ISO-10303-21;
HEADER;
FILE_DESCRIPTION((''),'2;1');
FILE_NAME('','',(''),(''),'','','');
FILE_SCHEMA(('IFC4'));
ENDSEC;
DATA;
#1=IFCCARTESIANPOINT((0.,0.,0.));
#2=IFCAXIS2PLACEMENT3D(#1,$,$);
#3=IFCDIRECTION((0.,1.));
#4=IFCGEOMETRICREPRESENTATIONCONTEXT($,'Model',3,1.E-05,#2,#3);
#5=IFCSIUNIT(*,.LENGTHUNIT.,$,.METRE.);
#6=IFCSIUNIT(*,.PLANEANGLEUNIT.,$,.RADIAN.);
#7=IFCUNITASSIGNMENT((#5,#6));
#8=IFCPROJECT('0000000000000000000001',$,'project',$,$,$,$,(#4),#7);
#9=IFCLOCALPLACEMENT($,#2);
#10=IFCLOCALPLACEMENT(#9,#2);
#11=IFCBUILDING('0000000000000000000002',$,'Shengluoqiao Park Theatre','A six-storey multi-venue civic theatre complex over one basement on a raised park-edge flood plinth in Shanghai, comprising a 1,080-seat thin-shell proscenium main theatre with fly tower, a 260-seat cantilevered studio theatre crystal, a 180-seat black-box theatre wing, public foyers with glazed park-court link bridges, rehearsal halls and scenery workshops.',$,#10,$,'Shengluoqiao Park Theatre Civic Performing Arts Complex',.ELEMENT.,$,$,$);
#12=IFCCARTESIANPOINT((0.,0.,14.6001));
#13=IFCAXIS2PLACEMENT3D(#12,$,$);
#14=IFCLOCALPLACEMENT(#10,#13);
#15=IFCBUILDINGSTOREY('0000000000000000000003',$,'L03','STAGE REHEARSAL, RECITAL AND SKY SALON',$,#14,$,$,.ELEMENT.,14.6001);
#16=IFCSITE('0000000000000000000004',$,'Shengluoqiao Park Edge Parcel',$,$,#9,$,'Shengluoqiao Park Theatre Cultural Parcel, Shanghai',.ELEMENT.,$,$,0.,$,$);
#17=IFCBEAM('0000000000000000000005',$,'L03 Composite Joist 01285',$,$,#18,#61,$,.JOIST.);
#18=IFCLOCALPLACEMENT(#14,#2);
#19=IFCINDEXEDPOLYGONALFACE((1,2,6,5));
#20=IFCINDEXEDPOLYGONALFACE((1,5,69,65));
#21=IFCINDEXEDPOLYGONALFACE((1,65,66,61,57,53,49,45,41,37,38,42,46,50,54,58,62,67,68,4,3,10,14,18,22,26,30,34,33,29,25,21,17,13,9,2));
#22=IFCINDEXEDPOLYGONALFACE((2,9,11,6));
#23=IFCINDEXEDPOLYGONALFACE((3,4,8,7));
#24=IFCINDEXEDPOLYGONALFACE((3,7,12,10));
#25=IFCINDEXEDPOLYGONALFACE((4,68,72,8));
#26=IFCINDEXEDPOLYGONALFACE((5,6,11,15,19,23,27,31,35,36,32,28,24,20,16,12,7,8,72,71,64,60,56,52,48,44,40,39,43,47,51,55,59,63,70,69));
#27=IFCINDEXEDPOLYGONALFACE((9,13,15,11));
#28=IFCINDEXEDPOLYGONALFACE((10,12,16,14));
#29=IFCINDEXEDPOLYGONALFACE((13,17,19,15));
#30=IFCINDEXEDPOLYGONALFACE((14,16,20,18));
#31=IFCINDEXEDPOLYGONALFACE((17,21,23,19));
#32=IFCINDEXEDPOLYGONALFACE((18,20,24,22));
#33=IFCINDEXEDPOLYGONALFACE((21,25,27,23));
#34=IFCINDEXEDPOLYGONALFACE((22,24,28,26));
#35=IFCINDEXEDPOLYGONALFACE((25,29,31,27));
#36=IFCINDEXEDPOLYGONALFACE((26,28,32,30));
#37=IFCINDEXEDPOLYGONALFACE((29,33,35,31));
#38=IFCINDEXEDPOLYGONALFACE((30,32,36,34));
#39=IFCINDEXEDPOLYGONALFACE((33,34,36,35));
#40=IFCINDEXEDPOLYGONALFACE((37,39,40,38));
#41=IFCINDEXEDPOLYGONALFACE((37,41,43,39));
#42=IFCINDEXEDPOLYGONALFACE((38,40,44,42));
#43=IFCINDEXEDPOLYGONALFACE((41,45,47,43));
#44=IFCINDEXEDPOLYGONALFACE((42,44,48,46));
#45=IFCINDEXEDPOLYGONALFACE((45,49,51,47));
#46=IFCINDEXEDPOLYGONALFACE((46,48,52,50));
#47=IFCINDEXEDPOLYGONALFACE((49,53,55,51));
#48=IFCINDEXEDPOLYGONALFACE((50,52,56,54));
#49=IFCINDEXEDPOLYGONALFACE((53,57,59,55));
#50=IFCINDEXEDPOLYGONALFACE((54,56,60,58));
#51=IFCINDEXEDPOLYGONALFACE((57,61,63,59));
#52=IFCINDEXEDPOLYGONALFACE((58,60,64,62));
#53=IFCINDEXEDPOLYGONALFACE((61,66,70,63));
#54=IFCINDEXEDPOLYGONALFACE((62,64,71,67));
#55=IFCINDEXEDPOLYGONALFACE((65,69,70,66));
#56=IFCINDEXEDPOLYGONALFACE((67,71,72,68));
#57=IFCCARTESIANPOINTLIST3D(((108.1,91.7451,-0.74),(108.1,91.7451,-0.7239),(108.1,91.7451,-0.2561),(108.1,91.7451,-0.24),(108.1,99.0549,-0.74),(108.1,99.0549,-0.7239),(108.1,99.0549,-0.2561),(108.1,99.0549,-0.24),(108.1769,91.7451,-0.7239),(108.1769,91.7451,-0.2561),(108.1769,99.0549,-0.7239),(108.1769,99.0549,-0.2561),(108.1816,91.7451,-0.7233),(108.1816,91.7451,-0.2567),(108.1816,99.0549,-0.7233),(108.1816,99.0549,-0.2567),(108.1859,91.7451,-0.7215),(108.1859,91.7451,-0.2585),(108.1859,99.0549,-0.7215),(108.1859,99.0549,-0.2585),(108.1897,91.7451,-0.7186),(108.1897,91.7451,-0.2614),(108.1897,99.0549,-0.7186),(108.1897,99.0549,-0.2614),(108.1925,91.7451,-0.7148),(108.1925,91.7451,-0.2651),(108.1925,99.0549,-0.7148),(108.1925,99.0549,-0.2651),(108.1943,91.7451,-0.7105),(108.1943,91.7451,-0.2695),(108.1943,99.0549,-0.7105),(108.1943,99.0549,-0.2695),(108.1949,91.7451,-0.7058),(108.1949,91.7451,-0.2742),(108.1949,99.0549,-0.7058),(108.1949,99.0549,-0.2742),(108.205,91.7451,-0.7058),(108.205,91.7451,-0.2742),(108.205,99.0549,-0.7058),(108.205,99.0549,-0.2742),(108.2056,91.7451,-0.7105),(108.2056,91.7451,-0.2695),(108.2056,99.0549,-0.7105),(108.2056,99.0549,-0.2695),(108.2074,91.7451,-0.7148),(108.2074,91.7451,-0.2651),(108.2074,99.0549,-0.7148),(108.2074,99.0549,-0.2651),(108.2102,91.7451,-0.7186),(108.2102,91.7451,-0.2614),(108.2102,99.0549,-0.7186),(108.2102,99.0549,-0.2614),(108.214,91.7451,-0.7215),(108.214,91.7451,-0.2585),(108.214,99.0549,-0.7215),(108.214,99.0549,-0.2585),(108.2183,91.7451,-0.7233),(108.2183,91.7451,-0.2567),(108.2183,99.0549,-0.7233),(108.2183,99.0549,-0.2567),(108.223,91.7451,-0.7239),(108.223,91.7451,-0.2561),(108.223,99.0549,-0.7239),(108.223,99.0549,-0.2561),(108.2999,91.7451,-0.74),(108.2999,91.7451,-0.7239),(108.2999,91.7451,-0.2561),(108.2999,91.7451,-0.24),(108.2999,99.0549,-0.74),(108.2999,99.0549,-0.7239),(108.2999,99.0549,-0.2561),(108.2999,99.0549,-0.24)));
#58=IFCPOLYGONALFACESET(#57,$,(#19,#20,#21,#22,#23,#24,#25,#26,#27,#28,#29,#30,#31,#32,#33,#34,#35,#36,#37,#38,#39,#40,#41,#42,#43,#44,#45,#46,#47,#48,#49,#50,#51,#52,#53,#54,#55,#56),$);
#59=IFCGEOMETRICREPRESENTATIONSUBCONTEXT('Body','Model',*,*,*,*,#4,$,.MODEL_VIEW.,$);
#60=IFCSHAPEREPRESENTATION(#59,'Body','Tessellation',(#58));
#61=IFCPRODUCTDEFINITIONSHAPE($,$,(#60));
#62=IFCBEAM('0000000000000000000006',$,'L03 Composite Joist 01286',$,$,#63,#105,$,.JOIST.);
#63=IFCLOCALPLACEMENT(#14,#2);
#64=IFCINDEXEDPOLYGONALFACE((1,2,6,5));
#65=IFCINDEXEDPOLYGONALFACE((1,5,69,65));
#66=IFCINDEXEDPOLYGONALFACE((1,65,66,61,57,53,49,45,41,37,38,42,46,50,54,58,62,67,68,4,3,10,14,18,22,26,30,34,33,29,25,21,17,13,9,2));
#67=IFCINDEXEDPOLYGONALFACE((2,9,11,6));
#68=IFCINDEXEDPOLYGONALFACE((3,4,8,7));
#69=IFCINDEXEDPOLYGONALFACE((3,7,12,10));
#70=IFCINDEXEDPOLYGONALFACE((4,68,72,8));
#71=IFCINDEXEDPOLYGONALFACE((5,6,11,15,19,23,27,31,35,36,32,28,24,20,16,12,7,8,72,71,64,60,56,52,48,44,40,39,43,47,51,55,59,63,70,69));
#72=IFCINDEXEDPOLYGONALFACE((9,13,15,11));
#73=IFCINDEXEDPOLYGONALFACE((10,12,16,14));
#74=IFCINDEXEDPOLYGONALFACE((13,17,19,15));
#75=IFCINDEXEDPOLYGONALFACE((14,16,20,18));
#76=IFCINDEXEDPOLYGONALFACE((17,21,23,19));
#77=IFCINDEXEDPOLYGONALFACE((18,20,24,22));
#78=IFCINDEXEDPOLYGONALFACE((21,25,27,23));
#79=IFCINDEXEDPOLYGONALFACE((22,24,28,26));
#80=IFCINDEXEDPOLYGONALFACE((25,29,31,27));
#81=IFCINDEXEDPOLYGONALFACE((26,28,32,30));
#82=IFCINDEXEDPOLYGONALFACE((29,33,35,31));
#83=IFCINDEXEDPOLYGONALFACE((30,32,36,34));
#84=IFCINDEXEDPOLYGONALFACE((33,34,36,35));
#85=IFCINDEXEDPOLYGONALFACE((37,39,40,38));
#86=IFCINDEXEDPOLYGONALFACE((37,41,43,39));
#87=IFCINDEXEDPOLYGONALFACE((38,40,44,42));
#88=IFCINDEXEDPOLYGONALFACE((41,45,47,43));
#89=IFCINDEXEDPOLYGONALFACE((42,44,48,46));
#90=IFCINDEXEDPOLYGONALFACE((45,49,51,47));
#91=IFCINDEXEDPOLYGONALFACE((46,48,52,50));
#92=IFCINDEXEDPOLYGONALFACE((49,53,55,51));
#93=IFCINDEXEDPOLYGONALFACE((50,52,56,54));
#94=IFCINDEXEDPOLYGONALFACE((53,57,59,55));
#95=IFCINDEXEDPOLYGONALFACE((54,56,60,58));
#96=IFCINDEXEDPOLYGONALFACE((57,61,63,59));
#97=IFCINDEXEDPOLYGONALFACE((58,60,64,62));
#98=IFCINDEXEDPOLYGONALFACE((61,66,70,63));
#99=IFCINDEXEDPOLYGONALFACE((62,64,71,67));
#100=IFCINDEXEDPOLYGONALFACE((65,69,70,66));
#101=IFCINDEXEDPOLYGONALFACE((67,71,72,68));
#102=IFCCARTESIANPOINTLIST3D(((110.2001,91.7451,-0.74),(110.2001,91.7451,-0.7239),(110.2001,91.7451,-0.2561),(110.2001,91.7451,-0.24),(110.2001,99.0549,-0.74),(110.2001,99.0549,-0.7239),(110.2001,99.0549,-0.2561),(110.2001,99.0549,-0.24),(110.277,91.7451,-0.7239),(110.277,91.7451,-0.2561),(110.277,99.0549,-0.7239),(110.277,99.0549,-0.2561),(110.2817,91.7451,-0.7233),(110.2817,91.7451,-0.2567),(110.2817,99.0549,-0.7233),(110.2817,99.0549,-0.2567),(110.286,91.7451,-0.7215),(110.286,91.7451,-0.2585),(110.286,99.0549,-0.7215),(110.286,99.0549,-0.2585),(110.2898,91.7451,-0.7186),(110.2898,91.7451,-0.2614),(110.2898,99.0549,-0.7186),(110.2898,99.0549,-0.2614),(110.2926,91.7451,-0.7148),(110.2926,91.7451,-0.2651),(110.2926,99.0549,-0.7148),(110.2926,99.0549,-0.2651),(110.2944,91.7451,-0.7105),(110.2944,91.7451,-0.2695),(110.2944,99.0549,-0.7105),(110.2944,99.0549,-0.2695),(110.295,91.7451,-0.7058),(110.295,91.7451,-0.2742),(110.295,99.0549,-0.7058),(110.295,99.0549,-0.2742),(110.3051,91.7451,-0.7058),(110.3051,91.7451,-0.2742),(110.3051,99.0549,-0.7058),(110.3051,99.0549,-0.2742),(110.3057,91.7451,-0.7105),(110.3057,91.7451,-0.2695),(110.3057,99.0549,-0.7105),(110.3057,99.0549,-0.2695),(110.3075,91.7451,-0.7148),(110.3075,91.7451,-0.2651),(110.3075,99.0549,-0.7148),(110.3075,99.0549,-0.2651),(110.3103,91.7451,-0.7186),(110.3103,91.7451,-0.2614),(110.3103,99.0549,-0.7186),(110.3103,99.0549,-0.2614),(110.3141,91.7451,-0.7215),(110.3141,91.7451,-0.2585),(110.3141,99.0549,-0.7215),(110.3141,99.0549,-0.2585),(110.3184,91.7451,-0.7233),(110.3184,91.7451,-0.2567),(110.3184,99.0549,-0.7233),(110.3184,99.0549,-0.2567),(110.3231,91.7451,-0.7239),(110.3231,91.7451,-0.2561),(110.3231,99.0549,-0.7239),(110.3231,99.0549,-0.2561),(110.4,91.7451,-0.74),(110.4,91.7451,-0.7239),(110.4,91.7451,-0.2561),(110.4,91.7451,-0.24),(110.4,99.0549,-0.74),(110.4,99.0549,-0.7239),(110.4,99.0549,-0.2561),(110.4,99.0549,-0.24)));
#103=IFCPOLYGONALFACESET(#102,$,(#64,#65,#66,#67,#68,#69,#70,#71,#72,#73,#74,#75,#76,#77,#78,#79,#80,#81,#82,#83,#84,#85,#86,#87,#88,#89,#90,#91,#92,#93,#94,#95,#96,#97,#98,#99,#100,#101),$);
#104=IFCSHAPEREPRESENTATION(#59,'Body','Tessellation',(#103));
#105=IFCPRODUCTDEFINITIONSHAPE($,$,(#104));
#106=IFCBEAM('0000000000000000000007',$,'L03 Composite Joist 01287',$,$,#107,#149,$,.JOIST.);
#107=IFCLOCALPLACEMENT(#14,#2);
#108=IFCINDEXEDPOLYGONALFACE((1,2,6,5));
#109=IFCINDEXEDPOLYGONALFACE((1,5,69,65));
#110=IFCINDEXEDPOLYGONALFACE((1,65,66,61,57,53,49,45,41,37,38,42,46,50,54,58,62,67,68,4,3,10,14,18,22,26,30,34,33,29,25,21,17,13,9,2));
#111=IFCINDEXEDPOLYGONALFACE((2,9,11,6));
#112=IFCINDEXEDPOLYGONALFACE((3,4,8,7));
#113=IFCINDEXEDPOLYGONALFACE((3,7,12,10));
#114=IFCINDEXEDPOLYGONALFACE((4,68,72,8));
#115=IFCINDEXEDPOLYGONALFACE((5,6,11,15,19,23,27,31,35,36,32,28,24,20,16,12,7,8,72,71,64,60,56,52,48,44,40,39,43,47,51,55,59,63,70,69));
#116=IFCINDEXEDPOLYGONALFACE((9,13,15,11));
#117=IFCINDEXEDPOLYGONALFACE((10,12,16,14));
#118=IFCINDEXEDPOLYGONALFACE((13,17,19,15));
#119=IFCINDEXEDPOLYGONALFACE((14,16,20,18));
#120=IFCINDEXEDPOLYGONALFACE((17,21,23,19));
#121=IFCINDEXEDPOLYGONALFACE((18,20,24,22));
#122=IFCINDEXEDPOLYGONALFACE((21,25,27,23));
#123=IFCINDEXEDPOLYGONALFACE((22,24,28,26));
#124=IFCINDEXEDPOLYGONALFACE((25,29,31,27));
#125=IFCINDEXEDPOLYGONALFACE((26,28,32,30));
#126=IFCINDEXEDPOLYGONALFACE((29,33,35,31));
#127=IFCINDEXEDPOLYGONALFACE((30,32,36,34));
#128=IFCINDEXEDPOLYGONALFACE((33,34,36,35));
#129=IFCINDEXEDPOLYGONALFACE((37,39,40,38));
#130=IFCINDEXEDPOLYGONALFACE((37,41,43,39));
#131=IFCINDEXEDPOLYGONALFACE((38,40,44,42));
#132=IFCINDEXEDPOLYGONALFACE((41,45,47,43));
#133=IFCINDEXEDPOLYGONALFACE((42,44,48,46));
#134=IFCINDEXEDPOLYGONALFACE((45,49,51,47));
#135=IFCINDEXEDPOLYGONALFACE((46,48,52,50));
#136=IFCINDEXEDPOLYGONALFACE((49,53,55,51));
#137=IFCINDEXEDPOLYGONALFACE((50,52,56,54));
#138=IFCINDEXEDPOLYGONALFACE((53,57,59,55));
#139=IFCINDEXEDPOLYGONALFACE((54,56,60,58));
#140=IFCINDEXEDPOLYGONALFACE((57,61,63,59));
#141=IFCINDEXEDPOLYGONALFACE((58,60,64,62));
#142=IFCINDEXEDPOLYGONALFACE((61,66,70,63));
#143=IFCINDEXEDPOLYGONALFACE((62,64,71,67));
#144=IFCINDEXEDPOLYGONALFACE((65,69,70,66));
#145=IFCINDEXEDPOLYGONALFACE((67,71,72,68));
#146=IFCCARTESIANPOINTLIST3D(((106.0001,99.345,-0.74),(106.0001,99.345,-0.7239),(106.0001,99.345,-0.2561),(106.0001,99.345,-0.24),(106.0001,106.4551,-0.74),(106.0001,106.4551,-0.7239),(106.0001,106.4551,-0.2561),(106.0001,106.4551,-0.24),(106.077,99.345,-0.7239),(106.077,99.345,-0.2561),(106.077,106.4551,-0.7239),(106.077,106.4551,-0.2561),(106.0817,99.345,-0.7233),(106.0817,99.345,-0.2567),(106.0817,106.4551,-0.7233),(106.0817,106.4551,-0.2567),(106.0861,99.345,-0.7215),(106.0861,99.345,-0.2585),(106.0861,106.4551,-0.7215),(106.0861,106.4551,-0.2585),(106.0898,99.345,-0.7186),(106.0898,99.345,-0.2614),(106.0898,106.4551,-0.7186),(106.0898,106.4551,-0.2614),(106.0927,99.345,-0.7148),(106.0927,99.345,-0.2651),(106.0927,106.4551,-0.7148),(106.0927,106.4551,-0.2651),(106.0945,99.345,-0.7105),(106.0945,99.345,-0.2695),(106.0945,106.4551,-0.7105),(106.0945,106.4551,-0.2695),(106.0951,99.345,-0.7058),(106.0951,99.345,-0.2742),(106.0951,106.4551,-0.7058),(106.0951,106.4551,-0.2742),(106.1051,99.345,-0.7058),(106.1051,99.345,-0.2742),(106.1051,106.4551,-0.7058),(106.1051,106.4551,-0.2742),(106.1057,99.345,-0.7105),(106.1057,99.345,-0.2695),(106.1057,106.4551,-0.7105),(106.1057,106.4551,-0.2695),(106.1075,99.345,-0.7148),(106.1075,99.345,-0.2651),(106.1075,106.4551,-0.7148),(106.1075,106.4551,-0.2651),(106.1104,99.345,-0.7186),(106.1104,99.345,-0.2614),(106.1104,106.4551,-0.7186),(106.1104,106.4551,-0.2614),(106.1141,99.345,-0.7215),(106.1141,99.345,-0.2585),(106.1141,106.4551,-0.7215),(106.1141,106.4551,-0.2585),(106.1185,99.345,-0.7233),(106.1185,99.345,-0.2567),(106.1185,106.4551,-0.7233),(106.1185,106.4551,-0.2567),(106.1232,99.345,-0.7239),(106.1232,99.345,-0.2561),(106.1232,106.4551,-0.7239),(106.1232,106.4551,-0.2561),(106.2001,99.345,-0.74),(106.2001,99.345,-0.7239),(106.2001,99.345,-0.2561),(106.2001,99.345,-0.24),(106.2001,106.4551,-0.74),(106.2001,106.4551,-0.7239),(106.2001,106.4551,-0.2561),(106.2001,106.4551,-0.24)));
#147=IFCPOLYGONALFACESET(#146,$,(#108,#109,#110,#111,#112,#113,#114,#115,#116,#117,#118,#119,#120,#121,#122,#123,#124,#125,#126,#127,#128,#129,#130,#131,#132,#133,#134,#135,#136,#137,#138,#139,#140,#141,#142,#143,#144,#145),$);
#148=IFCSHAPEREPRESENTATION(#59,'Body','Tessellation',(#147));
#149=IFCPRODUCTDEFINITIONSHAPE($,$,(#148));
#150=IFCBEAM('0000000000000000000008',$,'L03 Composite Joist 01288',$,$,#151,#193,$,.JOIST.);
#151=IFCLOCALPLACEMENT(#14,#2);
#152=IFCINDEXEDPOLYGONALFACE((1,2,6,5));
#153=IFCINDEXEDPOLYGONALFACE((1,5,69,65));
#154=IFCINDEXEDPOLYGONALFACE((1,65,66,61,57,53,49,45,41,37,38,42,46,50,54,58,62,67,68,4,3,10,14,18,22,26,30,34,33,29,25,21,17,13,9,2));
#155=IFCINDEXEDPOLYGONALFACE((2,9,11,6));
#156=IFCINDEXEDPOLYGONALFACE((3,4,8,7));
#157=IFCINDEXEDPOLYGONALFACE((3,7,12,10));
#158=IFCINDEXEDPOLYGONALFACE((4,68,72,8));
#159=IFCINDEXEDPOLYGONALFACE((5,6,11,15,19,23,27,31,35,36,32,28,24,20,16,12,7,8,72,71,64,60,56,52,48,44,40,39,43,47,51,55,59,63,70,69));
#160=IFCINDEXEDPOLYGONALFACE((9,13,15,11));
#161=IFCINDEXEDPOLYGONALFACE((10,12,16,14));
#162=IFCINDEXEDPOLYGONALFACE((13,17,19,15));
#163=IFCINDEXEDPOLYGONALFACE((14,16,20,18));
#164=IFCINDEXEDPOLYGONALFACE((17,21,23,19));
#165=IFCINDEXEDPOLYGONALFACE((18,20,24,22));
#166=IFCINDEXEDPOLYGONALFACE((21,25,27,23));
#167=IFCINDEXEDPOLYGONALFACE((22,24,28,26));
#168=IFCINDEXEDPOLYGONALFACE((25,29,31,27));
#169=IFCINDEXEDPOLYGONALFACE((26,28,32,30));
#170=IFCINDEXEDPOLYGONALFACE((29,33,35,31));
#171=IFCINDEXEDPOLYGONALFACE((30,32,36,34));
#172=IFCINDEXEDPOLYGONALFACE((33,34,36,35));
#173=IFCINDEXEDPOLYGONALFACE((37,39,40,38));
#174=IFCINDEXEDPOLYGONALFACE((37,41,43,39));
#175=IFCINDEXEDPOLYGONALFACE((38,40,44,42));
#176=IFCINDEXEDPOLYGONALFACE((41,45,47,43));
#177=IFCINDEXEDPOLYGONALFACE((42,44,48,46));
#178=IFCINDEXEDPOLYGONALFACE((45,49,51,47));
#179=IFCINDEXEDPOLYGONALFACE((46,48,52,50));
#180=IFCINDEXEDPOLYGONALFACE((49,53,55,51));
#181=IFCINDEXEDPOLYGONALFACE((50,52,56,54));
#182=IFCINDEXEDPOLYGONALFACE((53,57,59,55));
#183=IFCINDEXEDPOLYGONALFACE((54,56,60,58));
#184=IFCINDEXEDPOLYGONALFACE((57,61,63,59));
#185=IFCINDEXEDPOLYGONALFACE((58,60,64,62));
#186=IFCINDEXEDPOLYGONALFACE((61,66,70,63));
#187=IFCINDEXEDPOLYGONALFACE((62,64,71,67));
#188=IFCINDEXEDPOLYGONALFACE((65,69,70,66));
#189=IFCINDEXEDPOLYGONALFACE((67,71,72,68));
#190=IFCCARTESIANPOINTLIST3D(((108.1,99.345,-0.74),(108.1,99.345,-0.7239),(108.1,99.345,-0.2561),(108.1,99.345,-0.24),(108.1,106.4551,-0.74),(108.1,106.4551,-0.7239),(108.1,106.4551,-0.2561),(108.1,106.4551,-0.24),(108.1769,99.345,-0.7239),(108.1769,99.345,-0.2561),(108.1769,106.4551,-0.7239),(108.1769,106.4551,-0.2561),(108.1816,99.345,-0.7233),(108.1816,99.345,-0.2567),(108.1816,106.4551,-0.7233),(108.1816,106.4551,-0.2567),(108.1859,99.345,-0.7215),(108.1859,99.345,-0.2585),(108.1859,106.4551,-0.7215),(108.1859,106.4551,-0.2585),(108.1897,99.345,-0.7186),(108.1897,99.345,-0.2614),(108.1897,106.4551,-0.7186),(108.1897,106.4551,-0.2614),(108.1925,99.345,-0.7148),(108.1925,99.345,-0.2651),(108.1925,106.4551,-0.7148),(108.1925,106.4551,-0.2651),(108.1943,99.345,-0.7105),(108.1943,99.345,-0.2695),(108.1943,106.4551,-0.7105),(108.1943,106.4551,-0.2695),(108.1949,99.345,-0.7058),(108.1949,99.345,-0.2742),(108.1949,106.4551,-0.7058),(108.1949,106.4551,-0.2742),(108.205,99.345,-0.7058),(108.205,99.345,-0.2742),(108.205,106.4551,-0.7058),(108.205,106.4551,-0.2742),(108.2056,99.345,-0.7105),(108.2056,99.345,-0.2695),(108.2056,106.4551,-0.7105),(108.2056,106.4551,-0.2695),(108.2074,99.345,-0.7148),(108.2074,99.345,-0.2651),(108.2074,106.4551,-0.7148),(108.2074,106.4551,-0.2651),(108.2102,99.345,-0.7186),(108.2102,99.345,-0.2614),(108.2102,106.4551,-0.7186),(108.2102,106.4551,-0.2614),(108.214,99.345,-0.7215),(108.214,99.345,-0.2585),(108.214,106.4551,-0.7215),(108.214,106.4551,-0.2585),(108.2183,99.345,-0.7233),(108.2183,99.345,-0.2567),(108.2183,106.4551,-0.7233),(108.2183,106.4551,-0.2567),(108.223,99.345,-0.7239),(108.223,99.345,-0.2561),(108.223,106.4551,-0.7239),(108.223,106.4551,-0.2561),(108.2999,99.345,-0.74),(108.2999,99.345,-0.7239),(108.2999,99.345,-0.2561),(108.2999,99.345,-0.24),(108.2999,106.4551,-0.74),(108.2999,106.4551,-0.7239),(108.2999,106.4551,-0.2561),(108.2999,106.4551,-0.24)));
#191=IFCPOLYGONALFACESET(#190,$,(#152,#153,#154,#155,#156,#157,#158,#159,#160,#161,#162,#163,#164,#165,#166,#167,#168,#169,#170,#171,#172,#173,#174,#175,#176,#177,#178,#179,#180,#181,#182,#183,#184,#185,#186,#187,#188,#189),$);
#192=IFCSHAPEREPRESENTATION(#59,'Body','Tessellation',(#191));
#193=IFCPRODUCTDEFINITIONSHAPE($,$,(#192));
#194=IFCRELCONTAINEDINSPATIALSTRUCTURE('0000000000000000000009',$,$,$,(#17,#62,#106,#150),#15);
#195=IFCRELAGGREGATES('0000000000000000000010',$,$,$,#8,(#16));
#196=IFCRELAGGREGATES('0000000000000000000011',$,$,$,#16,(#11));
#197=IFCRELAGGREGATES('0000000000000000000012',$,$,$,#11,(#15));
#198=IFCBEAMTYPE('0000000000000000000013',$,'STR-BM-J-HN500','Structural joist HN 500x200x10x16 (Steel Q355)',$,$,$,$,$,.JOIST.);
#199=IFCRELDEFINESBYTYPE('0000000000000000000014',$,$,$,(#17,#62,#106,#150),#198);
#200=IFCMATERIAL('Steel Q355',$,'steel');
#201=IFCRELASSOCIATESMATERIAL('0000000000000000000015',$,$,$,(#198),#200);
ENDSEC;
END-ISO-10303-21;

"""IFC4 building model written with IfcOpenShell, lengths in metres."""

from ifc_helpers import new_model, si_unit, direction, frame, origin, origin_2d, place, context, subcontext, project, spatial, i_section, extrude, material, material_profile, profile_set, type_object, element, save


model = new_model("IFC4")

# Units and contexts
model_context = context("Model", 3, precision=1e-05, world=origin(), true_north=direction((0.0, 1.0)))
body_context = subcontext(model_context, "Body", "Model", "MODEL_VIEW")
ifc_project = project(units=[si_unit("LENGTHUNIT", "METRE"), si_unit("PLANEANGLEUNIT", "RADIAN")], contexts=[model_context])

# Site, building, storey
site_placement = place(None, origin())
site = spatial("IfcSite", under=ifc_project, at=site_placement, Name="Shengluoqiao Park Edge Parcel", LongName="Shengluoqiao Park Theatre Cultural Parcel, Shanghai", CompositionType="ELEMENT", RefElevation=0.0)
building_placement = place(site_placement, origin())
building = spatial("IfcBuilding", under=site, at=building_placement, Name="Shengluoqiao Park Theatre", Description="A six-storey multi-venue civic theatre complex over one basement on a raised park-edge flood plinth in Shanghai, comprising a 1,080-seat thin-shell proscenium main theatre with fly tower, a 260-seat cantilevered studio theatre crystal, a 180-seat black-box theatre wing, public foyers with glazed park-court link bridges, rehearsal halls and scenery workshops.", LongName="Shengluoqiao Park Theatre Civic Performing Arts Complex", CompositionType="ELEMENT")
storey_placement = place(building_placement, frame((0.0, 0.0, 14.6001)))
storey = spatial("IfcBuildingStorey", under=building, at=storey_placement, Name="L03", Description="STAGE REHEARSAL, RECITAL AND SKY SALON", CompositionType="ELEMENT", Elevation=14.6001)

# Beams
ifc_material_1 = material(Name="Steel Q355", Category="steel")
ifc_material_profile_1 = material_profile(ifc_material_1, i_section(OverallWidth=0.2, OverallDepth=0.5, WebThickness=0.01, FlangeThickness=0.0161, FilletRadius=0.0181, at=origin_2d()), Name="HN 500x200x10x16")
ifc_profile_set_1 = profile_set([ifc_material_profile_1], Name="Steel Q355")
beam_type_1 = type_object("IfcBeamType", Name="STR-BM-J-HN500", Description="Structural joist HN 500x200x10x16 (Steel Q355)", PredefinedType="JOIST", material=ifc_profile_set_1)
for number, where, z_axis, x_axis, name in (
    (1, (108.2, 91.7451, -0.49), (0.0, 1.0, 0.0), (-1.0, 0.0, 0.0), "L03 Composite Joist 01285"),
    (2, (110.3, 91.7451, -0.49), (0.0, 1.0, 0.0), (-1.0, 0.0, 0.0), "L03 Composite Joist 01286"),
):
    element("IfcBeam", number, at=place(storey_placement, frame(where, z_axis=z_axis, x_axis=x_axis)), inside=storey, type_object=beam_type_1, Name=name, PredefinedType="JOIST", context=body_context, shape_type="SweptSolid", body=[
        extrude(i_section(OverallWidth=0.2, OverallDepth=0.5, WebThickness=0.01, FlangeThickness=0.0161, FilletRadius=0.0181, at=origin_2d()), origin(), (0.0, 0.0, 1.0), 7.3098),
    ])
for number, where, z_axis, x_axis, name in (
    (3, (106.1001, 99.345, -0.49), (0.0, 1.0, 0.0), (-1.0, 0.0, 0.0), "L03 Composite Joist 01287"),
    (4, (108.2, 99.345, -0.49), (0.0, 1.0, 0.0), (-1.0, 0.0, 0.0), "L03 Composite Joist 01288"),
):
    element("IfcBeam", number, at=place(storey_placement, frame(where, z_axis=z_axis, x_axis=x_axis)), inside=storey, type_object=beam_type_1, Name=name, PredefinedType="JOIST", context=body_context, shape_type="SweptSolid", body=[
        extrude(i_section(OverallWidth=0.2, OverallDepth=0.5, WebThickness=0.01, FlangeThickness=0.0161, FilletRadius=0.0181, at=origin_2d()), origin(), (0.0, 0.0, 1.0), 7.1101),
    ])

save(model, "model.ifc")
